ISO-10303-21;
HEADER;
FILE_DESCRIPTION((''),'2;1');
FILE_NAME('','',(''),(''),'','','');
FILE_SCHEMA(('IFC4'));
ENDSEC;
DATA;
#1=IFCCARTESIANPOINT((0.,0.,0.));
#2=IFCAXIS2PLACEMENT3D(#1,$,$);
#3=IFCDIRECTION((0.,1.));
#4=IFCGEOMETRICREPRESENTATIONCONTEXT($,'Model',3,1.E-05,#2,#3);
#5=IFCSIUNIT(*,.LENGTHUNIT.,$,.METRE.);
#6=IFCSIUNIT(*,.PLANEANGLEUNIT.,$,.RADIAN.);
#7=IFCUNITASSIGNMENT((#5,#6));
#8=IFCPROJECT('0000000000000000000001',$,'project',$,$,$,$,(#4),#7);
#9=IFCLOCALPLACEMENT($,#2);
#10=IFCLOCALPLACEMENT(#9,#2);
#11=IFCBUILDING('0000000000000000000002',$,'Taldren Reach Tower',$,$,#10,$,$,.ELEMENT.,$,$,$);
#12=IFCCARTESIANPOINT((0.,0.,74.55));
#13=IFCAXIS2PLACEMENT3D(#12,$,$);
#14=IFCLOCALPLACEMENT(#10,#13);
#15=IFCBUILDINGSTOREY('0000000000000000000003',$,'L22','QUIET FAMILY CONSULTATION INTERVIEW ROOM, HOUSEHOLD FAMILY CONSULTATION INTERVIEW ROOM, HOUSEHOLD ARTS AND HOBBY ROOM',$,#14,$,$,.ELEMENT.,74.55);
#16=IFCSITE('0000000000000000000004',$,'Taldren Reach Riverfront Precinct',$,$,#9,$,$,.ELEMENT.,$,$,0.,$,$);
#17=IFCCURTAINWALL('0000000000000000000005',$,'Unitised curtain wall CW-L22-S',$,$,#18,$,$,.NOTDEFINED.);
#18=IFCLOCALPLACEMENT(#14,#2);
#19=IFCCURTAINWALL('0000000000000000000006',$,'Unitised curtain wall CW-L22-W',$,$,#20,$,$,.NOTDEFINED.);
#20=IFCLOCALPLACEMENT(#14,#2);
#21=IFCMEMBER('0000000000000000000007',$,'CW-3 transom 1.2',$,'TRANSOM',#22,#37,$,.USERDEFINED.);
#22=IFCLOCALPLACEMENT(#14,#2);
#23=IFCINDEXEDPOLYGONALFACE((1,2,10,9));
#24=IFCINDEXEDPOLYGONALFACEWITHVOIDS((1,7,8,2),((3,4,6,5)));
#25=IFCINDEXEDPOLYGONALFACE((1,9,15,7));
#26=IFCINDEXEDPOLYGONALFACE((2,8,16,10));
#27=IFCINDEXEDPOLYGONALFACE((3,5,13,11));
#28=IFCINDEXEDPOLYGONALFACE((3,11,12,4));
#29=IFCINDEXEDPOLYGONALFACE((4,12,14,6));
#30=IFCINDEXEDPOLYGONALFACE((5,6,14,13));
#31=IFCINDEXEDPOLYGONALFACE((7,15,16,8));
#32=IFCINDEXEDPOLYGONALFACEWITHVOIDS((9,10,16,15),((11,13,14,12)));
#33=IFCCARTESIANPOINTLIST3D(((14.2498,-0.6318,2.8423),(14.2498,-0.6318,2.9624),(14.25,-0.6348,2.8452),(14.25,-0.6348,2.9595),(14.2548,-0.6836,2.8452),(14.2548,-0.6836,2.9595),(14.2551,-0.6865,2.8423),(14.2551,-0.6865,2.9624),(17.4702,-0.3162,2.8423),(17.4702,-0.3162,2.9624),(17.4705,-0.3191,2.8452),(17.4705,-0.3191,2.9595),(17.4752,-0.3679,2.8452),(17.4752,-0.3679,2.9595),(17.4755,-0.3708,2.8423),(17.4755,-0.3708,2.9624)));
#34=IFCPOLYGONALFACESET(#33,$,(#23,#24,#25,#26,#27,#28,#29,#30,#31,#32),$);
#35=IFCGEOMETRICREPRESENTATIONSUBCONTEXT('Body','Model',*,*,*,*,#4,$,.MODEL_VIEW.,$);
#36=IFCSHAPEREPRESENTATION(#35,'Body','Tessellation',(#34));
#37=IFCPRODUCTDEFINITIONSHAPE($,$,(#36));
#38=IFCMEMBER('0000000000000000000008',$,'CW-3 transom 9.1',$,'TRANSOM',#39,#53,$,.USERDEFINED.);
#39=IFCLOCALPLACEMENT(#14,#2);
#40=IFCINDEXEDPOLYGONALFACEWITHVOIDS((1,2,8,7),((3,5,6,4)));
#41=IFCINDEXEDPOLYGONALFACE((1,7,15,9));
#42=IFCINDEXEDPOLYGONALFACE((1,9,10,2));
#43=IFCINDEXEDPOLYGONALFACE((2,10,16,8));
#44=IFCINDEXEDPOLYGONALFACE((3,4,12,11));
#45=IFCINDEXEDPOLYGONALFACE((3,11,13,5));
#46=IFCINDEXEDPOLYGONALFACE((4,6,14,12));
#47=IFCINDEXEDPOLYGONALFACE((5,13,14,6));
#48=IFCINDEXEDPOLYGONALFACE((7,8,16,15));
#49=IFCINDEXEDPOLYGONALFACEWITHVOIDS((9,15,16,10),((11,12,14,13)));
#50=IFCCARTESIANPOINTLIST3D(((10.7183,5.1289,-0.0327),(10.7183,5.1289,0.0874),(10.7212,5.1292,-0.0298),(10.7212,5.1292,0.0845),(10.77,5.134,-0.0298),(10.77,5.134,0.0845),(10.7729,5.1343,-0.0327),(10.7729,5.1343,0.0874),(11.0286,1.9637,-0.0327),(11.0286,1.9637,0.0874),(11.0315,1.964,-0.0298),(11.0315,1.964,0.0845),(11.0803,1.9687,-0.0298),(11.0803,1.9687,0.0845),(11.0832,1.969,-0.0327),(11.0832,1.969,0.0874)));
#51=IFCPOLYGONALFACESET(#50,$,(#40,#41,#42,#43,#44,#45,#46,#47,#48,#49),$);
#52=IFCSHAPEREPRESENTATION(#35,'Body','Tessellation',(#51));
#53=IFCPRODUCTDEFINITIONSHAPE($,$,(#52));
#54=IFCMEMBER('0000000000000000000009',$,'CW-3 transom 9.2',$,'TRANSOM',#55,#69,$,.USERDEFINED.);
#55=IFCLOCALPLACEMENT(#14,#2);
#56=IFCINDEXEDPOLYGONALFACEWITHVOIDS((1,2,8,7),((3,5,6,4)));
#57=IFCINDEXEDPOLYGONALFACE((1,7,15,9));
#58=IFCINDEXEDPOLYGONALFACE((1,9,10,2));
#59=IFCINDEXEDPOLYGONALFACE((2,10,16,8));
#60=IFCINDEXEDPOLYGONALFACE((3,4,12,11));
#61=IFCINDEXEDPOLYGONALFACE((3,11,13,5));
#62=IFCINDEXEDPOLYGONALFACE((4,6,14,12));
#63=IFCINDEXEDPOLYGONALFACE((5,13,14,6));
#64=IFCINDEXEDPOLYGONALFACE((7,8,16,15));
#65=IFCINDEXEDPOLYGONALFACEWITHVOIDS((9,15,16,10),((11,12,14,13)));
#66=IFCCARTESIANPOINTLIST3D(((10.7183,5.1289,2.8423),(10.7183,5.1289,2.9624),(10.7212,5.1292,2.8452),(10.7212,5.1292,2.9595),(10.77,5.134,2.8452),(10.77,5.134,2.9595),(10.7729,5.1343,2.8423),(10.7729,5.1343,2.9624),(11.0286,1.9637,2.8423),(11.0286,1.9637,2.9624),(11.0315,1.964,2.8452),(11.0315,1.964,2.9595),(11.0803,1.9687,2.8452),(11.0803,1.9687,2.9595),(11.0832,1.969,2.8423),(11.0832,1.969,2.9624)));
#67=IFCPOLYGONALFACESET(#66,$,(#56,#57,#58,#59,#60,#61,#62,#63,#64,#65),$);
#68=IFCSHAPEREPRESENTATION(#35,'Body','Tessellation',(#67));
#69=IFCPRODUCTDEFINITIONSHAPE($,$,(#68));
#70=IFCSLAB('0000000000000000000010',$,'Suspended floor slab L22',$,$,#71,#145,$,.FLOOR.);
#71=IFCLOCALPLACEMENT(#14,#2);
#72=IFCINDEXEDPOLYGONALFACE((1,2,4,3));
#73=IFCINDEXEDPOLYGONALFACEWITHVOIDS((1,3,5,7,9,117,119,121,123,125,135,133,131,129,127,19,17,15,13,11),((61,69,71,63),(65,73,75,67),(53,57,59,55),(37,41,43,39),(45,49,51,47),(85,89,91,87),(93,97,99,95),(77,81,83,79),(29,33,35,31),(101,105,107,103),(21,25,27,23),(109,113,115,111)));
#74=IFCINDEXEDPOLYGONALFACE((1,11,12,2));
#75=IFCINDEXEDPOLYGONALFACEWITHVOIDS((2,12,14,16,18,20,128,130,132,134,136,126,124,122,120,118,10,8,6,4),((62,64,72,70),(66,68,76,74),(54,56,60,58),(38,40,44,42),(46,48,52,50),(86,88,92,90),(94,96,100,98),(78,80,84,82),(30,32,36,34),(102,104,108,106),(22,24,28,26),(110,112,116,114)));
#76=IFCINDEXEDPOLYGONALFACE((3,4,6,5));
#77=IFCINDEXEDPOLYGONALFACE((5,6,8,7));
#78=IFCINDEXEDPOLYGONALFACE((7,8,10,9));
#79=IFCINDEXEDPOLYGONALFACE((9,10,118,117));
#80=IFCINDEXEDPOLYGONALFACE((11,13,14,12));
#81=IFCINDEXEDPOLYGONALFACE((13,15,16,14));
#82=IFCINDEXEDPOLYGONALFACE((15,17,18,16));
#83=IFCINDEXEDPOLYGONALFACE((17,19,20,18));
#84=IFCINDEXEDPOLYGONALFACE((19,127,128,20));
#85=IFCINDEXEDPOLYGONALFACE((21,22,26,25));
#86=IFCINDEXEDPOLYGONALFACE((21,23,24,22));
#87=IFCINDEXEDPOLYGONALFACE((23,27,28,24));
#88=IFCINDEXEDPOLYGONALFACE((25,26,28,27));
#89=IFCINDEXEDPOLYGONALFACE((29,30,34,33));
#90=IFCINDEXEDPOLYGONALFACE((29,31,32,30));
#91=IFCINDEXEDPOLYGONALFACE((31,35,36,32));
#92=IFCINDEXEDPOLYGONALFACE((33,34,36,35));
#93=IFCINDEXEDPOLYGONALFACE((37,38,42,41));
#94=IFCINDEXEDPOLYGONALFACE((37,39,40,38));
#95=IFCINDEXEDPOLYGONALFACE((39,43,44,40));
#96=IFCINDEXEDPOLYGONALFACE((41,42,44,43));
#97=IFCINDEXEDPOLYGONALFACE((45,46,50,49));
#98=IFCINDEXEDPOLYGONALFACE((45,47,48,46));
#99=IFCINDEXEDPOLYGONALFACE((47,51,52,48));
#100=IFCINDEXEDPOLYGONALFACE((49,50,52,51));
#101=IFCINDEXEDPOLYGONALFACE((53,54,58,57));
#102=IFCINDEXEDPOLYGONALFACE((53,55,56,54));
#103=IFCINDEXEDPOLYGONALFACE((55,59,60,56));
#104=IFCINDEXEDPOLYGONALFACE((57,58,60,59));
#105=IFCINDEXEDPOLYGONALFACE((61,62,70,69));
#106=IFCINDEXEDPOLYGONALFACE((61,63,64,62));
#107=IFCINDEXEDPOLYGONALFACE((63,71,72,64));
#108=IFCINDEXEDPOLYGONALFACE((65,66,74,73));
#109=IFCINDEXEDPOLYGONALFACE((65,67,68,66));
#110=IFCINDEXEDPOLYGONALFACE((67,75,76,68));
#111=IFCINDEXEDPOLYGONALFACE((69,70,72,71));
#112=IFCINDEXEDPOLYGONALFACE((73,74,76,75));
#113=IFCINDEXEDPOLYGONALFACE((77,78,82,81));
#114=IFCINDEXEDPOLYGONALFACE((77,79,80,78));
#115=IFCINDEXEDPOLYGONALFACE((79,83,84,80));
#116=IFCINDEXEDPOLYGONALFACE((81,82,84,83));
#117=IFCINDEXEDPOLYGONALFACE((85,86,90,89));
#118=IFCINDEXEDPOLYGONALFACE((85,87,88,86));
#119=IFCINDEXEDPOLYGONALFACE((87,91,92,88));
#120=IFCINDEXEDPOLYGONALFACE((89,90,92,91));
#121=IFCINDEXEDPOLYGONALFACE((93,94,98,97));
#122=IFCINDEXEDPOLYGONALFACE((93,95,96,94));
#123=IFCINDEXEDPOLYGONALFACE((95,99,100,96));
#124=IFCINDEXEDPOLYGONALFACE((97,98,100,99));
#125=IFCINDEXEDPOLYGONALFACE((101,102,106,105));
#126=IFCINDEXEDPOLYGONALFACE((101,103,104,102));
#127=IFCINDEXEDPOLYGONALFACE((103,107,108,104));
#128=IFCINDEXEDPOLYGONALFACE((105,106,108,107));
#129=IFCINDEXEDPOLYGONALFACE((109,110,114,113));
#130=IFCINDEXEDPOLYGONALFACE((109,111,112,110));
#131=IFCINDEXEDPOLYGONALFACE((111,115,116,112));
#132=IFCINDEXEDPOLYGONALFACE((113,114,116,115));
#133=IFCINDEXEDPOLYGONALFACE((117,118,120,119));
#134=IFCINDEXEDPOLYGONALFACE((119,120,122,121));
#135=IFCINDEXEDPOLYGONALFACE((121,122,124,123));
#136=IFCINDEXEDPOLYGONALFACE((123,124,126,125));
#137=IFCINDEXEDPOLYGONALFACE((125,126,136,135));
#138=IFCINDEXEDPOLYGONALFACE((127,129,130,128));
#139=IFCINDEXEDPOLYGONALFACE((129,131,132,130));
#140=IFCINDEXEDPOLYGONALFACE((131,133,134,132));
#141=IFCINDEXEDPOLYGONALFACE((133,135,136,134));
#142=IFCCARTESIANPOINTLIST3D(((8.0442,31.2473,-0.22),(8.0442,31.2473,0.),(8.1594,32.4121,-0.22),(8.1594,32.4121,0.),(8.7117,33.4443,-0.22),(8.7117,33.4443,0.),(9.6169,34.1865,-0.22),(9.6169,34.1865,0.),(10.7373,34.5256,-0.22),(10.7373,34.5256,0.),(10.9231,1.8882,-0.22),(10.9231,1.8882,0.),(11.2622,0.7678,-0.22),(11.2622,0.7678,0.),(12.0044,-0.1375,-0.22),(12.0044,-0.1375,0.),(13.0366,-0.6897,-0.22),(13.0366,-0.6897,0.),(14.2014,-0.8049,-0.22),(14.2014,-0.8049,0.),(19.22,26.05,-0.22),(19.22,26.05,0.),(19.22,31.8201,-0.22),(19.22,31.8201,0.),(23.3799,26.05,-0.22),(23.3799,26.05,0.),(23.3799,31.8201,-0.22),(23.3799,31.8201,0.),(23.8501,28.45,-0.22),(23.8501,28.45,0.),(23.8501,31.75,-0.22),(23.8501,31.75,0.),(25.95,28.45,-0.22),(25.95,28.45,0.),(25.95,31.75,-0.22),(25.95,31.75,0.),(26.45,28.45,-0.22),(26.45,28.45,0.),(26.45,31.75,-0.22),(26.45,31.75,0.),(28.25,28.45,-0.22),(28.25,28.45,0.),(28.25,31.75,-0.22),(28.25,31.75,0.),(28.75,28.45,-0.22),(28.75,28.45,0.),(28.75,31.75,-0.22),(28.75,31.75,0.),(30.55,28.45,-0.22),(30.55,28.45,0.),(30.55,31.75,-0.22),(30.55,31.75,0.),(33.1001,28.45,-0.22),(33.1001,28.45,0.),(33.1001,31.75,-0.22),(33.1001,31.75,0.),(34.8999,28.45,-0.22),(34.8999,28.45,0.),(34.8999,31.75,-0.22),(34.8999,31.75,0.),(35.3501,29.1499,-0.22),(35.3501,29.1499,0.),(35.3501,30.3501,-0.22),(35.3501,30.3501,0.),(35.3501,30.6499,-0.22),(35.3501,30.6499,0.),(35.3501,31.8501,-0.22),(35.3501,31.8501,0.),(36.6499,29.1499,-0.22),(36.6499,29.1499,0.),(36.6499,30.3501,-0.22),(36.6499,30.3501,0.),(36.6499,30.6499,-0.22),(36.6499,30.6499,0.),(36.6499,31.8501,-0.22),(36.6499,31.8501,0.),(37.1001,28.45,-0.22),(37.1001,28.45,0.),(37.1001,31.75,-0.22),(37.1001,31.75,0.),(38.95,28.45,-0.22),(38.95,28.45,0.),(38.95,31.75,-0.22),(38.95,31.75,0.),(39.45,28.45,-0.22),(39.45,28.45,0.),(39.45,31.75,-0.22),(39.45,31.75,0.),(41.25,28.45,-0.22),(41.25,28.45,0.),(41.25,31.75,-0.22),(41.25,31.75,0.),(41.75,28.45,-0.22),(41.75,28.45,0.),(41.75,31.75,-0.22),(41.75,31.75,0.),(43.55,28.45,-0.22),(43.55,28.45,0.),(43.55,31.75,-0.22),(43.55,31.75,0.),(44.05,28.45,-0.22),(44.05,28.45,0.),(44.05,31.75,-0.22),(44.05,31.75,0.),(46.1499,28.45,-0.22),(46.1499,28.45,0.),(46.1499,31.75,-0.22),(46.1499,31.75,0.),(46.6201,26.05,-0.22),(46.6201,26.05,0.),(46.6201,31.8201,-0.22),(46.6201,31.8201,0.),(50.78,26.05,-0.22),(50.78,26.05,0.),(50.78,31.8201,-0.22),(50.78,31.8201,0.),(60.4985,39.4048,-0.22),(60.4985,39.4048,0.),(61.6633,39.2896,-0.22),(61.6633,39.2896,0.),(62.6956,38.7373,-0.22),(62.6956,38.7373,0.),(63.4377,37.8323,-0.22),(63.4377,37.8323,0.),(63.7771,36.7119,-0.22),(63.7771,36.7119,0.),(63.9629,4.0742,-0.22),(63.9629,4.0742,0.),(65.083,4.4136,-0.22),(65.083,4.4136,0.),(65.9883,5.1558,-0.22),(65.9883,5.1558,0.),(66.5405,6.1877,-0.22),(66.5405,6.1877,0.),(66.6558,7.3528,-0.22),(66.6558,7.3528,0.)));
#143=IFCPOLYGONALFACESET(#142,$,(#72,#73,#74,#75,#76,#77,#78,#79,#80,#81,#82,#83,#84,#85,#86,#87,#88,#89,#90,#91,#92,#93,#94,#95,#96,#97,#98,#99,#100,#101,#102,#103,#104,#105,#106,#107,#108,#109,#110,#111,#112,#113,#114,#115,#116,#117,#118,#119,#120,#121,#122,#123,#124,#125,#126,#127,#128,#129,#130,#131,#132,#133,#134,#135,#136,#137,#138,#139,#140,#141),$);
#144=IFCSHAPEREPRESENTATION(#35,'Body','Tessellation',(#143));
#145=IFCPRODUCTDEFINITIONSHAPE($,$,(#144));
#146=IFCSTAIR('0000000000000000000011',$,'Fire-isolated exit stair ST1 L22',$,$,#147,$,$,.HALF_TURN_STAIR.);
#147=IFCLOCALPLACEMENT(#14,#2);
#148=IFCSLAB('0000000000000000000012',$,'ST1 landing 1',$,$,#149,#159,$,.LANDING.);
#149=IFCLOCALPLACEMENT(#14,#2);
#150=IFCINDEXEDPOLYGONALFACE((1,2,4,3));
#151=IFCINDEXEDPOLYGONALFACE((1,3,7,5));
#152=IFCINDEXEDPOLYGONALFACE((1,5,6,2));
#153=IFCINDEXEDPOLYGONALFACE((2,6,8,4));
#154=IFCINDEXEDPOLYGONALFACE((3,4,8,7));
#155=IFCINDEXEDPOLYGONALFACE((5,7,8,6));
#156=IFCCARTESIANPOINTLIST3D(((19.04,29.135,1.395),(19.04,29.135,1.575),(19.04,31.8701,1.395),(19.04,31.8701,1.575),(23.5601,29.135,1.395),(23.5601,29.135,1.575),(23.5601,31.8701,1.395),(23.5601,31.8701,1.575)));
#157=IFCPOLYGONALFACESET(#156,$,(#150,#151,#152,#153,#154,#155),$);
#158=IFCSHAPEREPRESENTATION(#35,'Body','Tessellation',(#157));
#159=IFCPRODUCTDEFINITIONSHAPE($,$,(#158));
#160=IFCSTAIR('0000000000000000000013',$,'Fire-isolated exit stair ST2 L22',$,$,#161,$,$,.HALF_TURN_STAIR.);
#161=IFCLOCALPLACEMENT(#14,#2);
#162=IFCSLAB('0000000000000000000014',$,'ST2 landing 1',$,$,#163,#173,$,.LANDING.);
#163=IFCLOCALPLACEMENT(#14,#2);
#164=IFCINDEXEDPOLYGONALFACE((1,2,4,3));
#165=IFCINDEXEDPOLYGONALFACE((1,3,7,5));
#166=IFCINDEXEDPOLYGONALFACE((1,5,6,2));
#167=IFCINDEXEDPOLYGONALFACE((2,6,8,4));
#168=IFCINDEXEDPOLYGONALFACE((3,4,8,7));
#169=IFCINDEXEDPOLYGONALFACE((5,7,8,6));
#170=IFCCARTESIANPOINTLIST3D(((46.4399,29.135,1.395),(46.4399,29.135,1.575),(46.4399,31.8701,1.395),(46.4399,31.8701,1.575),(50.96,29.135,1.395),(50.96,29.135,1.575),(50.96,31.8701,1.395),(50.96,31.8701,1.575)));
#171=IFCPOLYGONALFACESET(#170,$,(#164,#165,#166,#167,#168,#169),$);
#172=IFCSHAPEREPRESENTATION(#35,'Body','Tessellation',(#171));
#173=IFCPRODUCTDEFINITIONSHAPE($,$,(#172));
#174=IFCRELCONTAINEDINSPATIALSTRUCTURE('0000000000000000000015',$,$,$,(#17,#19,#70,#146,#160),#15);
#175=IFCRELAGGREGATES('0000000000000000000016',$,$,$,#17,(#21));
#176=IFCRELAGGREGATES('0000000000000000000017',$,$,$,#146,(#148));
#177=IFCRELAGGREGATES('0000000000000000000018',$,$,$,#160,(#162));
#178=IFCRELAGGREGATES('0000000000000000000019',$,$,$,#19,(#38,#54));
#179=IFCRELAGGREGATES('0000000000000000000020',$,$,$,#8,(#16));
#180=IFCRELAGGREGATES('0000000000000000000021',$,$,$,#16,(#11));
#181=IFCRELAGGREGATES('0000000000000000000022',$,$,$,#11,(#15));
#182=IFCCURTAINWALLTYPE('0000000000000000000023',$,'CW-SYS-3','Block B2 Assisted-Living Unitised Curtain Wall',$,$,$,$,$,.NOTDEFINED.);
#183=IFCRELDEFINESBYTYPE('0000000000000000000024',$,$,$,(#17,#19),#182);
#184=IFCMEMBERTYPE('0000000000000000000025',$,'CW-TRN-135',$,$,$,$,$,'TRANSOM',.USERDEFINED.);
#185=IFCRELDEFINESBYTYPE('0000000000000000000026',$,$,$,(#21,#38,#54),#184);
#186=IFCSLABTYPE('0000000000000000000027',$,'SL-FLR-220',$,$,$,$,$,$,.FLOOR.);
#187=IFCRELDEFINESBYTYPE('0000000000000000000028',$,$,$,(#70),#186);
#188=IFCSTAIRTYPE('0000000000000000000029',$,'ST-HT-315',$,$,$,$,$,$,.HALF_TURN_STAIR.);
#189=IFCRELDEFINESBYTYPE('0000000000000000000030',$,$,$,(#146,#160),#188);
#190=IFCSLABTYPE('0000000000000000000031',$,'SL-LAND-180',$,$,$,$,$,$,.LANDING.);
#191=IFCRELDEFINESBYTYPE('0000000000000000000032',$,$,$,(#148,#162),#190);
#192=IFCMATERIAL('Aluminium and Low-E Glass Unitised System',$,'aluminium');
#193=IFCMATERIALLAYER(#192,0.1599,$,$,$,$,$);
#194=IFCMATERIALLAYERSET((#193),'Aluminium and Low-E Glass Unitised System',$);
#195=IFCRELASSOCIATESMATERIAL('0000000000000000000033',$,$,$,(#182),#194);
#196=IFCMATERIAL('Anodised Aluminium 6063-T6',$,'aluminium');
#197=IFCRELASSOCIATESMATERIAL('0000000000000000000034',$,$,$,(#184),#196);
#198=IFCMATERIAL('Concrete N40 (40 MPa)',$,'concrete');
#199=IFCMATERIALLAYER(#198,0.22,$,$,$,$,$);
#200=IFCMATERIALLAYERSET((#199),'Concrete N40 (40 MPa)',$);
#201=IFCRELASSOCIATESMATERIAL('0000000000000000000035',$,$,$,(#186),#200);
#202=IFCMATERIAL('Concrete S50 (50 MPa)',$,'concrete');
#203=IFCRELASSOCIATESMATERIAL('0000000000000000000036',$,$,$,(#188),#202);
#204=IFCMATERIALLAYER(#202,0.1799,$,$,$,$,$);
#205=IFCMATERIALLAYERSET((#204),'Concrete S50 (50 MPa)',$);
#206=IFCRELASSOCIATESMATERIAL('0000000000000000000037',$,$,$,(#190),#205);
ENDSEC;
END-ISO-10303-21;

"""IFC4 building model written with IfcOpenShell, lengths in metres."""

from ifc_helpers import new_model, si_unit, direction, frame, origin, origin_2d, place, context, subcontext, project, spatial, polyline, hollow_rectangle, outline, extrude, source, transform, mapped, material, layer, layer_set, material_profile, profile_set, type_object, element, aggregate, save


model = new_model("IFC4")

# Units and contexts
model_context = context("Model", 3, precision=1e-05, world=origin(), true_north=direction((0.0, 1.0)))
body_context = subcontext(model_context, "Body", "Model", "MODEL_VIEW")
ifc_project = project(units=[si_unit("LENGTHUNIT", "METRE"), si_unit("PLANEANGLEUNIT", "RADIAN")], contexts=[model_context])

# Site, building, storey
site_placement = place(None, origin())
site = spatial("IfcSite", under=ifc_project, at=site_placement, Name="Taldren Reach Riverfront Precinct", CompositionType="ELEMENT", RefElevation=0.0)
building_placement = place(site_placement, origin())
building = spatial("IfcBuilding", under=site, at=building_placement, Name="Taldren Reach Tower", CompositionType="ELEMENT")
storey_placement = place(building_placement, frame((0.0, 0.0, 74.55)))
storey = spatial("IfcBuildingStorey", under=building, at=storey_placement, Name="L22", Description="QUIET FAMILY CONSULTATION INTERVIEW ROOM, HOUSEHOLD FAMILY CONSULTATION INTERVIEW ROOM, HOUSEHOLD ARTS AND HOBBY ROOM", CompositionType="ELEMENT", Elevation=74.55)

# Curtain wall
ifc_material_1 = material(Name="Aluminium and Low-E Glass Unitised System", Category="aluminium")
ifc_layer_1 = layer(ifc_material_1, 0.1599)
ifc_layer_set_1 = layer_set([ifc_layer_1], Name="Aluminium and Low-E Glass Unitised System")
curtain_wall_type = type_object("IfcCurtainWallType", Name="CW-SYS-3", Description="Block B2 Assisted-Living Unitised Curtain Wall", PredefinedType="NOTDEFINED", material=ifc_layer_set_1)
curtain_wall_1_placement = place(storey_placement, origin())
curtain_wall_1 = element("IfcCurtainWall", 1, at=curtain_wall_1_placement, inside=storey, type_object=curtain_wall_type, Name="Unitised curtain wall CW-L22-S", PredefinedType="NOTDEFINED")
ifc_material_2 = material(Name="Anodised Aluminium 6063-T6", Category="aluminium")

# Curtain wall
curtain_wall_2_placement = place(storey_placement, origin())
curtain_wall_2 = element("IfcCurtainWall", 2, at=curtain_wall_2_placement, inside=storey, type_object=curtain_wall_type, Name="Unitised curtain wall CW-L22-W", PredefinedType="NOTDEFINED")

# Members
ifc_material_profile_1 = material_profile(ifc_material_2, hollow_rectangle(XDim=0.0549, YDim=0.1201, WallThickness=0.0029, at=origin_2d()), Name="ALU-120x55x3RHS")
ifc_profile_set_1 = profile_set([ifc_material_profile_1], Name="Anodised Aluminium 6063-T6")
member_type_1 = type_object("IfcMemberType", Name="CW-TRN-135", ElementType="TRANSOM", PredefinedType="USERDEFINED", material=ifc_profile_set_1)
shared_shape_1 = source(origin(), body_context, "Body", "SweptSolid", [
    extrude(hollow_rectangle(XDim=0.0549, YDim=0.1201, WallThickness=0.0029, at=origin_2d()), origin(), (0.0, 0.0, 1.0), 3.2358),
])
member_1_placement = place(storey_placement, frame((14.2524, -0.6592, 2.9023), z_axis=(0.99523, 0.097554, 0.0), x_axis=(-0.097554, 0.99523, 0.0)))
member_1 = element("IfcMember", 3, at=member_1_placement, type_object=member_type_1, Name="CW-3 transom 1.2", ObjectType="TRANSOM", PredefinedType="USERDEFINED", context=body_context, shape_type="MappedRepresentation", body=[
    mapped(shared_shape_1, transform((0.0, 0.0, 0.0), scale=1.0)),
])
aggregate(curtain_wall_1, [member_1])
shared_shape_2 = source(origin(), body_context, "Body", "SweptSolid", [
    extrude(hollow_rectangle(XDim=0.0549, YDim=0.1201, WallThickness=0.0029, at=origin_2d()), origin(), (0.0, 0.0, 1.0), 3.1804),
])
member_2_placement = place(storey_placement, frame((10.7456, 5.1316, 0.0273), z_axis=(0.097565, -0.995229, 0.0), x_axis=(0.995229, 0.097565, 0.0)))
member_2 = element("IfcMember", 4, at=member_2_placement, type_object=member_type_1, Name="CW-3 transom 9.1", ObjectType="TRANSOM", PredefinedType="USERDEFINED", context=body_context, shape_type="MappedRepresentation", body=[
    mapped(shared_shape_2, transform((0.0, 0.0, 0.0), scale=1.0)),
])
member_3_placement = place(storey_placement, frame((10.7456, 5.1316, 2.9023), z_axis=(0.097565, -0.995229, 0.0), x_axis=(0.995229, 0.097565, 0.0)))
member_3 = element("IfcMember", 5, at=member_3_placement, type_object=member_type_1, Name="CW-3 transom 9.2", ObjectType="TRANSOM", PredefinedType="USERDEFINED", context=body_context, shape_type="MappedRepresentation", body=[
    mapped(shared_shape_2, transform((0.0, 0.0, 0.0), scale=1.0)),
])

# Slab
ifc_material_3 = material(Name="Concrete N40 (40 MPa)", Category="concrete")
ifc_layer_2 = layer(ifc_material_3, 0.22)
ifc_layer_set_2 = layer_set([ifc_layer_2], Name="Concrete N40 (40 MPa)")
slab_type_1 = type_object("IfcSlabType", Name="SL-FLR-220", PredefinedType="FLOOR", material=ifc_layer_set_2)
slab_1_placement = place(storey_placement, frame((0.0, 0.0, -0.22)))
element("IfcSlab", 6, at=slab_1_placement, inside=storey, type_object=slab_type_1, Name="Suspended floor slab L22", PredefinedType="FLOOR", context=body_context, shape_type="SweptSolid", body=[
    extrude(outline(polyline([(63.9629, 4.0742), (65.083, 4.4136), (65.9883, 5.1558), (66.5405, 6.1877), (66.6558, 7.3528), (63.7771, 36.7119), (63.4377, 37.8323), (62.6956, 38.7373), (61.6633, 39.2896), (60.4985, 39.4048), (10.7373, 34.5256), (9.6169, 34.1865), (8.7117, 33.4443), (8.1594, 32.4121), (8.0442, 31.2473), (10.9231, 1.8882), (11.2622, 0.7678), (12.0044, -0.1375), (13.0366, -0.6897), (14.2014, -0.8049), (63.9629, 4.0742)]), holes=[polyline([(19.22, 26.05), (23.3799, 26.05), (23.3799, 31.8201), (19.22, 31.8201), (19.22, 26.05)]), polyline([(46.6201, 26.05), (50.78, 26.05), (50.78, 31.8201), (46.6201, 31.8201), (46.6201, 26.05)]), polyline([(23.8501, 28.45), (25.95, 28.45), (25.95, 31.75), (23.8501, 31.75), (23.8501, 28.45)]), polyline([(44.05, 28.45), (46.1499, 28.45), (46.1499, 31.75), (44.05, 31.75), (44.05, 28.45)]), polyline([(26.45, 28.45), (28.25, 28.45), (28.25, 31.75), (26.45, 31.75), (26.45, 28.45)]), polyline([(28.75, 28.45), (30.55, 28.45), (30.55, 31.75), (28.75, 31.75), (28.75, 28.45)]), polyline([(33.1001, 28.45), (34.8999, 28.45), (34.8999, 31.75), (33.1001, 31.75), (33.1001, 28.45)]), polyline([(37.1001, 28.45), (38.95, 28.45), (38.95, 31.75), (37.1001, 31.75), (37.1001, 28.45)]), polyline([(39.45, 28.45), (41.25, 28.45), (41.25, 31.75), (39.45, 31.75), (39.45, 28.45)]), polyline([(41.75, 28.45), (43.55, 28.45), (43.55, 31.75), (41.75, 31.75), (41.75, 28.45)]), polyline([(35.3501, 30.6499), (36.6499, 30.6499), (36.6499, 31.8501), (35.3501, 31.8501), (35.3501, 30.6499)]), polyline([(35.3501, 29.1499), (36.6499, 29.1499), (36.6499, 30.3501), (35.3501, 30.3501), (35.3501, 29.1499)])]), origin(), (0.0, 0.0, 1.0), 0.22),
])

# Stairs, slabs
ifc_material_4 = material(Name="Concrete S50 (50 MPa)", Category="concrete")
stair_type = type_object("IfcStairType", Name="ST-HT-315", PredefinedType="HALF_TURN_STAIR", material=ifc_material_4)
stair_1_placement = place(storey_placement, origin())
stair_1 = element("IfcStair", 7, at=stair_1_placement, inside=storey, type_object=stair_type, Name="Fire-isolated exit stair ST1 L22", PredefinedType="HALF_TURN_STAIR")
ifc_layer_3 = layer(ifc_material_4, 0.1799)
ifc_layer_set_3 = layer_set([ifc_layer_3], Name="Concrete S50 (50 MPa)")
slab_type_2 = type_object("IfcSlabType", Name="SL-LAND-180", PredefinedType="LANDING", material=ifc_layer_set_3)
slab_2_placement = place(storey_placement, frame((0.0, 0.0, 1.395)))
slab_2 = element("IfcSlab", 8, at=slab_2_placement, type_object=slab_type_2, Name="ST1 landing 1", PredefinedType="LANDING", context=body_context, shape_type="SweptSolid", body=[
    extrude(outline(polyline([(19.04, 29.135), (23.5601, 29.135), (23.5601, 31.8701), (19.04, 31.8701), (19.04, 29.135)])), origin(), (0.0, 0.0, 1.0), 0.1799),
])
aggregate(stair_1, [slab_2])
stair_2_placement = place(storey_placement, origin())
stair_2 = element("IfcStair", 9, at=stair_2_placement, inside=storey, type_object=stair_type, Name="Fire-isolated exit stair ST2 L22", PredefinedType="HALF_TURN_STAIR")
slab_3_placement = place(storey_placement, frame((0.0, 0.0, 1.395)))
slab_3 = element("IfcSlab", 10, at=slab_3_placement, type_object=slab_type_2, Name="ST2 landing 1", PredefinedType="LANDING", context=body_context, shape_type="SweptSolid", body=[
    extrude(outline(polyline([(46.4399, 29.135), (50.96, 29.135), (50.96, 31.8701), (46.4399, 31.8701), (46.4399, 29.135)])), origin(), (0.0, 0.0, 1.0), 0.1799),
])
aggregate(stair_2, [slab_3])

aggregate(curtain_wall_2, [member_2, member_3])

save(model, "model.ifc")
